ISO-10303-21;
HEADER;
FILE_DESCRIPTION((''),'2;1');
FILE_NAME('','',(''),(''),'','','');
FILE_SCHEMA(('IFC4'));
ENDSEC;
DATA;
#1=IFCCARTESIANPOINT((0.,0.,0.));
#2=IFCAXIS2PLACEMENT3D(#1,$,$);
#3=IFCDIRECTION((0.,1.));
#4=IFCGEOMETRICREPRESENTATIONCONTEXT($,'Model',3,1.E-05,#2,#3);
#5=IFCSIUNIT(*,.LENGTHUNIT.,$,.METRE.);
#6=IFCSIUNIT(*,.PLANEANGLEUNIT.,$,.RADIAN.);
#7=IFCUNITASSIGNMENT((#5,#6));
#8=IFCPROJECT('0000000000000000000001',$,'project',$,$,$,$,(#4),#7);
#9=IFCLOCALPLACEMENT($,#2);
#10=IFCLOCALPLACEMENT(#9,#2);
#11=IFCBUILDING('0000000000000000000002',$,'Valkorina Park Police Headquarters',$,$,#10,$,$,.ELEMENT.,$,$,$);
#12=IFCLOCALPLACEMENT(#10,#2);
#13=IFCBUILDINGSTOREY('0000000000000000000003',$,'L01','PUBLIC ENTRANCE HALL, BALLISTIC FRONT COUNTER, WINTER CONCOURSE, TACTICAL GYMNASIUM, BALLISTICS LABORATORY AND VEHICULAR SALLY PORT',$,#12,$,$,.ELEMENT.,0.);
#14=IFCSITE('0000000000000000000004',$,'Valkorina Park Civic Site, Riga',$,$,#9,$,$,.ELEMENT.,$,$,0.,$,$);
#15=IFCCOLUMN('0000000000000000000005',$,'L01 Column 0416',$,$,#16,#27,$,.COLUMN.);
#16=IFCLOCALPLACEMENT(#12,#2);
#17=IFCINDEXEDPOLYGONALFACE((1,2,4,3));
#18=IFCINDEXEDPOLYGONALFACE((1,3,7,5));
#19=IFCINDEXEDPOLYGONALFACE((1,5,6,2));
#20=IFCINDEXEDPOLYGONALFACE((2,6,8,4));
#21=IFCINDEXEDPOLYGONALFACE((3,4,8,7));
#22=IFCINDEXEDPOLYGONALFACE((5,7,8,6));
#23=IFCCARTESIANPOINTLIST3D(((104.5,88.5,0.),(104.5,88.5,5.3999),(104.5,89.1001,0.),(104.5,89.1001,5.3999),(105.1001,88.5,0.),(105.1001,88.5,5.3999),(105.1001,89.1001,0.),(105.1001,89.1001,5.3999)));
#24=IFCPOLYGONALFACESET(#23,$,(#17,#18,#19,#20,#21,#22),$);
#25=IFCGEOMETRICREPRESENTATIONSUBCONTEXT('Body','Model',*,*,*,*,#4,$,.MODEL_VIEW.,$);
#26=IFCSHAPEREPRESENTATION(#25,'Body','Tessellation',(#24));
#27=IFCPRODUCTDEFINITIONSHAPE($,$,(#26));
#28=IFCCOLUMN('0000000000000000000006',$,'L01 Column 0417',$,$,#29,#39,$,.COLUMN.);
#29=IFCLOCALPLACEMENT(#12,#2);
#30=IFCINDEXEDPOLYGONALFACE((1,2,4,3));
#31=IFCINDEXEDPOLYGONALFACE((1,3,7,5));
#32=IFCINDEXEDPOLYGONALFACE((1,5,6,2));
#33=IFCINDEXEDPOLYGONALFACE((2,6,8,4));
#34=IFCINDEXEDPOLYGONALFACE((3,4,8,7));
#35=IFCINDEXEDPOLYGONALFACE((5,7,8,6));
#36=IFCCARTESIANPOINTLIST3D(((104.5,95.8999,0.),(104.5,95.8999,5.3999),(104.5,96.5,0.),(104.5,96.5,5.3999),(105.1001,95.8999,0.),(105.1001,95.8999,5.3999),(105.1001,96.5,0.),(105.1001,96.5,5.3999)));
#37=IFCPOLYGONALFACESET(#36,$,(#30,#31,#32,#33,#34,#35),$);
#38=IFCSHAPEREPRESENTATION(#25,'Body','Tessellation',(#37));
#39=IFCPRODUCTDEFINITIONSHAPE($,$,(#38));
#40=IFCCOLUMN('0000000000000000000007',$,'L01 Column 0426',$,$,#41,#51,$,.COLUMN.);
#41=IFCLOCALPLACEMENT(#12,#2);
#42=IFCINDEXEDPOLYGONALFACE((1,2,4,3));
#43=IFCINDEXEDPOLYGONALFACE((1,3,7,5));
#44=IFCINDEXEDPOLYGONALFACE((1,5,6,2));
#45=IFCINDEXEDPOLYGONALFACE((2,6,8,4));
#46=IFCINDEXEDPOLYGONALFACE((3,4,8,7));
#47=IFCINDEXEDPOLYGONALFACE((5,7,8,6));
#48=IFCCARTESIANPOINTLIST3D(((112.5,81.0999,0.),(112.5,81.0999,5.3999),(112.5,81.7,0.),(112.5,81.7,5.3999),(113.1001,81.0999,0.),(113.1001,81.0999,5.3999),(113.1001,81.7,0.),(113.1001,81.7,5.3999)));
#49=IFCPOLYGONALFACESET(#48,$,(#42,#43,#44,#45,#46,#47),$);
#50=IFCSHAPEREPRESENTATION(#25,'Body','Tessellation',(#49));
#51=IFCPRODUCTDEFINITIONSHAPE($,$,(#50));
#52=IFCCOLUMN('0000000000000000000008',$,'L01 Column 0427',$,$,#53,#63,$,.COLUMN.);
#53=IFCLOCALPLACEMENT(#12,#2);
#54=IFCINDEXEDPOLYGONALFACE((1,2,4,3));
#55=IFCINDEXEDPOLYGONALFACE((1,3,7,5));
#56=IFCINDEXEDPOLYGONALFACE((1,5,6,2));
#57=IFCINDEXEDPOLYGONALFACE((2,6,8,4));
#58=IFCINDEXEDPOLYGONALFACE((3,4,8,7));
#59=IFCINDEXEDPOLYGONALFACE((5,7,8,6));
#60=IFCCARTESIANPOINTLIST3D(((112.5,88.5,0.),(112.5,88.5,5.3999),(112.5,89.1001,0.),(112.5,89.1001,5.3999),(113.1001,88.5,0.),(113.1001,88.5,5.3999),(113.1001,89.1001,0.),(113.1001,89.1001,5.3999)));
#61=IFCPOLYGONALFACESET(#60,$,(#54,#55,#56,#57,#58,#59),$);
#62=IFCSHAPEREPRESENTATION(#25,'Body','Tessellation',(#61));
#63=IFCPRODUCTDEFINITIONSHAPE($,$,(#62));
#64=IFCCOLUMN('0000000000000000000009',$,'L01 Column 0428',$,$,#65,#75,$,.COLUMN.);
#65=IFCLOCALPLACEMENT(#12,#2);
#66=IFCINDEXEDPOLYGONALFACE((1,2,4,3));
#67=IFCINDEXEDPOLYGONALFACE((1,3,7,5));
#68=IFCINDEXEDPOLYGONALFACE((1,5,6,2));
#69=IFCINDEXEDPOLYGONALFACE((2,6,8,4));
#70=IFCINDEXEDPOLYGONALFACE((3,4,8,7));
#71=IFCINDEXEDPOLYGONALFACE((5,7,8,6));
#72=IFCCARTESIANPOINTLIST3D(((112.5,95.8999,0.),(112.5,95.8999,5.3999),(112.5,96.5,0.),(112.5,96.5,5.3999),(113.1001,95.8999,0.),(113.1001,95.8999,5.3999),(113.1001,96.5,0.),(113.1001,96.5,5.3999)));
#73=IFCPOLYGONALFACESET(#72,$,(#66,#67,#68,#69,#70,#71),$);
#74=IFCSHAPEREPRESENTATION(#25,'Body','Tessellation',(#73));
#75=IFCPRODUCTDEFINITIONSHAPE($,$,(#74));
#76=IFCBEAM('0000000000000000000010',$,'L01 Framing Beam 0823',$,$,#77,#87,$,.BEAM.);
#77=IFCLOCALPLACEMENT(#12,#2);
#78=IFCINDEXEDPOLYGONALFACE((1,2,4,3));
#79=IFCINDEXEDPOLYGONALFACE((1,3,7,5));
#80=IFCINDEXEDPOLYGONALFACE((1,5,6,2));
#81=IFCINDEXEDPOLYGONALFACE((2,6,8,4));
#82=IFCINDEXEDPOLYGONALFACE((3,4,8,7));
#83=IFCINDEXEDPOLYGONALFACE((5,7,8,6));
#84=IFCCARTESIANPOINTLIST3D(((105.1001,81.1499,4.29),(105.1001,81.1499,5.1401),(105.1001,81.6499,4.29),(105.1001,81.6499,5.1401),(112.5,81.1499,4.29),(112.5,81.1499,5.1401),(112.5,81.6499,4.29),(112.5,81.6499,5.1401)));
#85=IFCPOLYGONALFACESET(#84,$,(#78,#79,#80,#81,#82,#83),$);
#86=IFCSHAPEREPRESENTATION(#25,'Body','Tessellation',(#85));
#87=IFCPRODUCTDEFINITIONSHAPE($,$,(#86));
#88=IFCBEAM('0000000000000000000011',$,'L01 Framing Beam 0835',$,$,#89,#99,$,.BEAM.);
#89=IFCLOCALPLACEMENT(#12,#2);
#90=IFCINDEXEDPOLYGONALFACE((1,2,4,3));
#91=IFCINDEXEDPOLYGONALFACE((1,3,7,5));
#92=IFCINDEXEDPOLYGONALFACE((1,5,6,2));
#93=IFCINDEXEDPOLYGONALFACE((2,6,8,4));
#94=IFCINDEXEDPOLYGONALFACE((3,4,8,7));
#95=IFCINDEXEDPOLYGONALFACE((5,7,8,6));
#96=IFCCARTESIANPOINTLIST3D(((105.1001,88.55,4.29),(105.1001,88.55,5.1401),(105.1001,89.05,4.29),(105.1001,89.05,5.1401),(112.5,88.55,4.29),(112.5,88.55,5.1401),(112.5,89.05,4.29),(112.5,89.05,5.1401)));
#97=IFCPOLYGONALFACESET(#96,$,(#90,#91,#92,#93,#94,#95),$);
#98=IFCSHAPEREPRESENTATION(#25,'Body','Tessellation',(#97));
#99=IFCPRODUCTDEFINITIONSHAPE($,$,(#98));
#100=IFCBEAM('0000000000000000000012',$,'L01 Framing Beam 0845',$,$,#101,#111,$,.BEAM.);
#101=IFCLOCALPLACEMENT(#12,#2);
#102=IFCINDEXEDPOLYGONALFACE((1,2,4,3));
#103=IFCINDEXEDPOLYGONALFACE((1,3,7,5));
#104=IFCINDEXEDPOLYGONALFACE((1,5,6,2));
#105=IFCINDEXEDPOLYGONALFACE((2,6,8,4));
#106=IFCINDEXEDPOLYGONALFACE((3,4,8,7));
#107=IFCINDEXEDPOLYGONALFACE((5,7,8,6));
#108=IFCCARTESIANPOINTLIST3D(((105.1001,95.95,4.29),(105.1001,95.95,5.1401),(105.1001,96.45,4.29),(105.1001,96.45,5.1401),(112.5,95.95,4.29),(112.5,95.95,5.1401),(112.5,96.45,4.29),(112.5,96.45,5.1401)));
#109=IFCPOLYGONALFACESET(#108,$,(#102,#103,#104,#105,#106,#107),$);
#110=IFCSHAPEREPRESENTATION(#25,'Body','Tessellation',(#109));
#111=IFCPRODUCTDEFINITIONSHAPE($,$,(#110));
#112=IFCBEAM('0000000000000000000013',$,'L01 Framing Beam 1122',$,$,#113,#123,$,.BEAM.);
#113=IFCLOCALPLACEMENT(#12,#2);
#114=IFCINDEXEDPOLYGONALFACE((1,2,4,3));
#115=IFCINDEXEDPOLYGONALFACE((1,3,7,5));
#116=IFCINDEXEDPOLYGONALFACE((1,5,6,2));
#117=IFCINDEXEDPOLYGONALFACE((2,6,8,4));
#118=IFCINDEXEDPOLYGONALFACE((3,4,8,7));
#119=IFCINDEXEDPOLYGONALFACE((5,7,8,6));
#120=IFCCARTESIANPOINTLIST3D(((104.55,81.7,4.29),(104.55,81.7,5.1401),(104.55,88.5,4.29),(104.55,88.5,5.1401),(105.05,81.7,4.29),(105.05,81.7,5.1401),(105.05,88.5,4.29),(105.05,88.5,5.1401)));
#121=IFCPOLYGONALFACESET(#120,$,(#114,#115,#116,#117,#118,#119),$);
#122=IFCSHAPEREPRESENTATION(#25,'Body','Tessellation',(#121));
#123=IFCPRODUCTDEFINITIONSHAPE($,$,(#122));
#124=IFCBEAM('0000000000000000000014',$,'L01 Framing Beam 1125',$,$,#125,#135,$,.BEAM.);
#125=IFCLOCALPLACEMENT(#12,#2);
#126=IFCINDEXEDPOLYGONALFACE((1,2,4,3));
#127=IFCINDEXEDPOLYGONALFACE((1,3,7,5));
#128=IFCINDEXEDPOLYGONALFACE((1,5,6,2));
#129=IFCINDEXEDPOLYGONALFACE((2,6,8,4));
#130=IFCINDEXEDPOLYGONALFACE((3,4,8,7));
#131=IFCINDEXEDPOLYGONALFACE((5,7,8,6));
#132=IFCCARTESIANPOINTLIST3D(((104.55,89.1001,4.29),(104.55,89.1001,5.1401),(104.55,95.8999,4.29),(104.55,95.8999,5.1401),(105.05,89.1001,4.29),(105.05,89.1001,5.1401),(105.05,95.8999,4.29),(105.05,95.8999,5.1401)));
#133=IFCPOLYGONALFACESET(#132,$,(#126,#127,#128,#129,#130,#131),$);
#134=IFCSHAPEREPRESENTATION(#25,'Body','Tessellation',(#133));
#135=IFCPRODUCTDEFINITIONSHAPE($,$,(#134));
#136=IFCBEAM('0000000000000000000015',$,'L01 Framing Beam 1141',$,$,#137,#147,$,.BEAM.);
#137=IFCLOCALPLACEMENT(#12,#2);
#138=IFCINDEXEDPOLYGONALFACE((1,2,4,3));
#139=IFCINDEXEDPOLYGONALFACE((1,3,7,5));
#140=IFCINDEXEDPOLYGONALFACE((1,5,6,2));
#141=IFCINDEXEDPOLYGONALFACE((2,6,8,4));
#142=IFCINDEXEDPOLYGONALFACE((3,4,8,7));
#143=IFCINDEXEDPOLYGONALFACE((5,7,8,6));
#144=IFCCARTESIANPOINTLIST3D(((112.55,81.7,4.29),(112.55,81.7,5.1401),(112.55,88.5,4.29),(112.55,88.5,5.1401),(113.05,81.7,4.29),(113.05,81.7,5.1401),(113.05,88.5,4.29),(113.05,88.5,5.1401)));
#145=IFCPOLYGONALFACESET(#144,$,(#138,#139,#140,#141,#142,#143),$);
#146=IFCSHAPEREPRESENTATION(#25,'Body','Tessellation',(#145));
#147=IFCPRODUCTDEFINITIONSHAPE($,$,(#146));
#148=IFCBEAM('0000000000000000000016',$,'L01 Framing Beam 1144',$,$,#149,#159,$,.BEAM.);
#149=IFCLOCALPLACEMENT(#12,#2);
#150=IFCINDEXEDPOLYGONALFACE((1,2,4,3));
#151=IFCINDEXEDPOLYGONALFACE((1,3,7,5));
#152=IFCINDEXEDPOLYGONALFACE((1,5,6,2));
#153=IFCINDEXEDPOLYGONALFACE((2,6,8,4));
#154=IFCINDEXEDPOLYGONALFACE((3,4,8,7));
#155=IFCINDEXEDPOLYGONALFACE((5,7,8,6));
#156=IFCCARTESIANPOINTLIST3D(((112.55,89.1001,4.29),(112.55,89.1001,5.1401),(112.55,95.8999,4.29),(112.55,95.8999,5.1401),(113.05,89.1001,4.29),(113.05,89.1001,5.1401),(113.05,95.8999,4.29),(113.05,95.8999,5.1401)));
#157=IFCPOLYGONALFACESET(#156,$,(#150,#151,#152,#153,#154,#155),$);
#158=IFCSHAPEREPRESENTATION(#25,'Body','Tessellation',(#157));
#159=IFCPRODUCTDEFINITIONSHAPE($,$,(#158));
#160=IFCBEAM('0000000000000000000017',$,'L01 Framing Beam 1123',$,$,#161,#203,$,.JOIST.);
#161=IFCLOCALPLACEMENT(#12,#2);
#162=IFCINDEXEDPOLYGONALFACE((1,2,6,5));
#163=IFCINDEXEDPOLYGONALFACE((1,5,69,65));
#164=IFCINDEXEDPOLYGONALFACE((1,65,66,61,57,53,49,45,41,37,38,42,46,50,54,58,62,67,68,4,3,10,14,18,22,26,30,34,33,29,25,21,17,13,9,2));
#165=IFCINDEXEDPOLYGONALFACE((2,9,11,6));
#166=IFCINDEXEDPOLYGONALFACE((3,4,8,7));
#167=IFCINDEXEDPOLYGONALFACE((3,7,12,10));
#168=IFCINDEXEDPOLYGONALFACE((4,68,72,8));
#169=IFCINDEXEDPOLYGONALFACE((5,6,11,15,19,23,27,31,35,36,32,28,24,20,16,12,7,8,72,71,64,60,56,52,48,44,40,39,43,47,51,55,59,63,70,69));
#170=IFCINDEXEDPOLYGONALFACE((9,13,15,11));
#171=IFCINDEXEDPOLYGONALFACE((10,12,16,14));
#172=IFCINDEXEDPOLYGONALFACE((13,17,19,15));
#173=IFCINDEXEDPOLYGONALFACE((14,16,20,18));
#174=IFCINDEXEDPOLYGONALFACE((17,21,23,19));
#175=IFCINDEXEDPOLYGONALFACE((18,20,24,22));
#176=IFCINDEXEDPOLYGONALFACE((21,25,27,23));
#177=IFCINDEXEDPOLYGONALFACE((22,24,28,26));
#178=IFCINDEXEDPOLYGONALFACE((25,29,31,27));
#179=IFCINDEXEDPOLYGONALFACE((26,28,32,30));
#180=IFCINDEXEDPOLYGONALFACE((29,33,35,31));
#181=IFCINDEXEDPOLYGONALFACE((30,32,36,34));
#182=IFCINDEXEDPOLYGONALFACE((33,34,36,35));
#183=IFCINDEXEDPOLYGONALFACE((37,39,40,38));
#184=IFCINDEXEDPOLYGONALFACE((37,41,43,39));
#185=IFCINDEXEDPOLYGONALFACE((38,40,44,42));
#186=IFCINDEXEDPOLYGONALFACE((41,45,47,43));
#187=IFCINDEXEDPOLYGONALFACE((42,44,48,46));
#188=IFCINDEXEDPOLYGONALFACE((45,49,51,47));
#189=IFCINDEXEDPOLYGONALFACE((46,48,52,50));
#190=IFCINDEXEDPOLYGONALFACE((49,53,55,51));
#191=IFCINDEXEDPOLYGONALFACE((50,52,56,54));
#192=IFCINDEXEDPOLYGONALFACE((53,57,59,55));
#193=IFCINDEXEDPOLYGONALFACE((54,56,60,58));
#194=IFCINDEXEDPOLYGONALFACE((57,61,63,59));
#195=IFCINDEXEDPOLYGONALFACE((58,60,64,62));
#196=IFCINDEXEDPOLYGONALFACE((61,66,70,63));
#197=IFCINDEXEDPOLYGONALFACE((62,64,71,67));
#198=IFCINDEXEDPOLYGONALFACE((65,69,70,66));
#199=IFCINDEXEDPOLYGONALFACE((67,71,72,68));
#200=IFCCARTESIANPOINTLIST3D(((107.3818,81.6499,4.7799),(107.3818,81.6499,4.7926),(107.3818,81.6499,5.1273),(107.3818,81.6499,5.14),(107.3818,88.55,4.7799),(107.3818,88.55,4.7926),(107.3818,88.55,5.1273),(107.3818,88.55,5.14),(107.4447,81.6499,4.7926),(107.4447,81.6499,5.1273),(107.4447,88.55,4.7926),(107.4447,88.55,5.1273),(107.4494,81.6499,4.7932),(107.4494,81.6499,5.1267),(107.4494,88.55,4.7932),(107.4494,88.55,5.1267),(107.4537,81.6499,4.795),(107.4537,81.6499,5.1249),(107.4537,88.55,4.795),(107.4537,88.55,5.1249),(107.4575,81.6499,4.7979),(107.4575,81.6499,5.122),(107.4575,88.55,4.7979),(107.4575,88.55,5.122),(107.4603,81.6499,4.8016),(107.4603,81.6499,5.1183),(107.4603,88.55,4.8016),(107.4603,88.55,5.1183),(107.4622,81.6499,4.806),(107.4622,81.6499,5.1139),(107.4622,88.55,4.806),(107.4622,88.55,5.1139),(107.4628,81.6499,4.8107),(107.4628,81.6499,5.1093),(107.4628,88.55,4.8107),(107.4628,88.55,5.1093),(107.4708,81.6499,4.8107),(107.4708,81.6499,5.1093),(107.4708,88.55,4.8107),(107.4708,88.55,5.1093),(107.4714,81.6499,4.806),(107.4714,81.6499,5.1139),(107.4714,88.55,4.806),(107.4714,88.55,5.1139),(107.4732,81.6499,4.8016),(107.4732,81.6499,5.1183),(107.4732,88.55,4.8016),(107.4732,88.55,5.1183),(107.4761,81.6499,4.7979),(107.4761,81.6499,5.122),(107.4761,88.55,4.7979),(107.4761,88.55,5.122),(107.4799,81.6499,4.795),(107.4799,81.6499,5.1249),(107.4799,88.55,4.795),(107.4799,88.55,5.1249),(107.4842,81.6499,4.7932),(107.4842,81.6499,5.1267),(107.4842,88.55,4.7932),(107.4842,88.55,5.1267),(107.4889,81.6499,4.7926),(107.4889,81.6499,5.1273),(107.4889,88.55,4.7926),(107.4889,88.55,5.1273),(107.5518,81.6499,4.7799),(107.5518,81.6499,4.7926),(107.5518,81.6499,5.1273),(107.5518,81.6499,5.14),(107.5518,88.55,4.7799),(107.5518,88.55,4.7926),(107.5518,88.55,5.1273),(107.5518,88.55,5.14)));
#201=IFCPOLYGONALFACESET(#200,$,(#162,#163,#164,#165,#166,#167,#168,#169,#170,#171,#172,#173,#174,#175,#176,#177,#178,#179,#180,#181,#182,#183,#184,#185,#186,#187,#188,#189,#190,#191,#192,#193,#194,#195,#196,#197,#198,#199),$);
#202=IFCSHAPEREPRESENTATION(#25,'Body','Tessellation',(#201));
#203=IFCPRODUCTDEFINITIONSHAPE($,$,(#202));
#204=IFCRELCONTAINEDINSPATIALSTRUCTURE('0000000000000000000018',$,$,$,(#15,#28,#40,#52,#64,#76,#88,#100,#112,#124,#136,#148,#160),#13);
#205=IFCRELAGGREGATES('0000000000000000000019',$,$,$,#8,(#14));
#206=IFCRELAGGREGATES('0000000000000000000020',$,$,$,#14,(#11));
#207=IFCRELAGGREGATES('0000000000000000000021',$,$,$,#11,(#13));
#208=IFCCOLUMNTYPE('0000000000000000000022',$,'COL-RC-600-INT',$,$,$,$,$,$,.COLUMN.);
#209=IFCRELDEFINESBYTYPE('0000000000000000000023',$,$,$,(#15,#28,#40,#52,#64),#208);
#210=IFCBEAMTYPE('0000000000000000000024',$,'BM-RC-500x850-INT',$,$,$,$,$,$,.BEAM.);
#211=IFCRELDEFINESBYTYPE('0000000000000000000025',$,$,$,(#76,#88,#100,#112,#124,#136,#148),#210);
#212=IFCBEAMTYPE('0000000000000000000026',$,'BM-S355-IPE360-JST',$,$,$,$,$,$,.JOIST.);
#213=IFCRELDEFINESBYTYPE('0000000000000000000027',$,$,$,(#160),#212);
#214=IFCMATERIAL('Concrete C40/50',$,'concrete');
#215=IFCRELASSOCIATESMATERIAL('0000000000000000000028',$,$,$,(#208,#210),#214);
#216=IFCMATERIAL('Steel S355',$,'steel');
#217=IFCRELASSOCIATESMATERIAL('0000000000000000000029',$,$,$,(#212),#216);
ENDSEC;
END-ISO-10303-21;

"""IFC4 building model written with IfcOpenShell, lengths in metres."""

from ifc_helpers import new_model, si_unit, direction, frame, origin, origin_2d, place, context, subcontext, project, spatial, rectangle, i_section, extrude, material, material_profile, profile_set, type_object, element, save


model = new_model("IFC4")

# Units and contexts
model_context = context("Model", 3, precision=1e-05, world=origin(), true_north=direction((0.0, 1.0)))
body_context = subcontext(model_context, "Body", "Model", "MODEL_VIEW")
ifc_project = project(units=[si_unit("LENGTHUNIT", "METRE"), si_unit("PLANEANGLEUNIT", "RADIAN")], contexts=[model_context])

# Site, building, storey
site_placement = place(None, origin())
site = spatial("IfcSite", under=ifc_project, at=site_placement, Name="Valkorina Park Civic Site, Riga", CompositionType="ELEMENT", RefElevation=0.0)
building_placement = place(site_placement, origin())
building = spatial("IfcBuilding", under=site, at=building_placement, Name="Valkorina Park Police Headquarters", CompositionType="ELEMENT")
storey_placement = place(building_placement, origin())
storey = spatial("IfcBuildingStorey", under=building, at=storey_placement, Name="L01", Description="PUBLIC ENTRANCE HALL, BALLISTIC FRONT COUNTER, WINTER CONCOURSE, TACTICAL GYMNASIUM, BALLISTICS LABORATORY AND VEHICULAR SALLY PORT", CompositionType="ELEMENT", Elevation=0.0)

# Columns
ifc_material_1 = material(Name="Concrete C40/50", Category="concrete")
ifc_material_profile_1 = material_profile(ifc_material_1, rectangle(XDim=0.6001, YDim=0.6001, at=origin_2d()), Name="RC COL 600x600")
ifc_profile_set_1 = profile_set([ifc_material_profile_1], Name="Concrete C40/50")
column_type = type_object("IfcColumnType", Name="COL-RC-600-INT", PredefinedType="COLUMN", material=ifc_profile_set_1)
for number, where, z_axis, x_axis, name in (
    (1, (104.8, 88.8, 0.0), (0.0, 0.0, 1.0), (1.0, 0.0, 0.0), "L01 Column 0416"),
    (2, (104.8, 96.2, 0.0), (0.0, 0.0, 1.0), (1.0, 0.0, 0.0), "L01 Column 0417"),
    (3, (112.8, 81.3999, 0.0), (0.0, 0.0, 1.0), (1.0, 0.0, 0.0), "L01 Column 0426"),
    (4, (112.8, 88.8, 0.0), (0.0, 0.0, 1.0), (1.0, 0.0, 0.0), "L01 Column 0427"),
    (5, (112.8, 96.2, 0.0), (0.0, 0.0, 1.0), (1.0, 0.0, 0.0), "L01 Column 0428"),
):
    element("IfcColumn", number, at=place(storey_placement, frame(where, z_axis=z_axis, x_axis=x_axis)), inside=storey, type_object=column_type, Name=name, PredefinedType="COLUMN", context=body_context, shape_type="SweptSolid", body=[
        extrude(rectangle(XDim=0.6001, YDim=0.6001, at=origin_2d()), origin(), (0.0, 0.0, 1.0), 5.3999),
    ])

# Beams
ifc_material_profile_2 = material_profile(ifc_material_1, rectangle(XDim=0.5, YDim=0.8501, at=origin_2d()), Name="RC BEAM 500x850")
ifc_profile_set_2 = profile_set([ifc_material_profile_2], Name="Concrete C40/50")
beam_type_1 = type_object("IfcBeamType", Name="BM-RC-500x850-INT", PredefinedType="BEAM", material=ifc_profile_set_2)
for number, where, z_axis, x_axis, name in (
    (6, (105.1001, 81.3999, 4.7151), (1.0, 0.0, 0.0), (0.0, 1.0, 0.0), "L01 Framing Beam 0823"),
    (7, (105.1001, 88.8, 4.7151), (1.0, 0.0, 0.0), (0.0, 1.0, 0.0), "L01 Framing Beam 0835"),
    (8, (105.1001, 96.2, 4.7151), (1.0, 0.0, 0.0), (0.0, 1.0, 0.0), "L01 Framing Beam 0845"),
):
    element("IfcBeam", number, at=place(storey_placement, frame(where, z_axis=z_axis, x_axis=x_axis)), inside=storey, type_object=beam_type_1, Name=name, PredefinedType="BEAM", context=body_context, shape_type="SweptSolid", body=[
        extrude(rectangle(XDim=0.5, YDim=0.8501, at=origin_2d()), origin(), (0.0, 0.0, 1.0), 7.3999),
    ])
beam_1_placement = place(storey_placement, frame((104.8, 81.7, 4.7151), z_axis=(0.0, 1.0, 0.0), x_axis=(-1.0, 0.0, 0.0)))
element("IfcBeam", 9, at=beam_1_placement, inside=storey, type_object=beam_type_1, Name="L01 Framing Beam 1122", PredefinedType="BEAM", context=body_context, shape_type="SweptSolid", body=[
    extrude(rectangle(XDim=0.5, YDim=0.8501, at=origin_2d()), origin(), (0.0, 0.0, 1.0), 6.8),
])
beam_2_placement = place(storey_placement, frame((104.8, 89.1001, 4.7151), z_axis=(0.0, 1.0, 0.0), x_axis=(-1.0, 0.0, 0.0)))
element("IfcBeam", 10, at=beam_2_placement, inside=storey, type_object=beam_type_1, Name="L01 Framing Beam 1125", PredefinedType="BEAM", context=body_context, shape_type="SweptSolid", body=[
    extrude(rectangle(XDim=0.5, YDim=0.8501, at=origin_2d()), origin(), (0.0, 0.0, 1.0), 6.7998),
])
beam_3_placement = place(storey_placement, frame((112.8, 81.7, 4.7151), z_axis=(0.0, 1.0, 0.0), x_axis=(-1.0, 0.0, 0.0)))
element("IfcBeam", 11, at=beam_3_placement, inside=storey, type_object=beam_type_1, Name="L01 Framing Beam 1141", PredefinedType="BEAM", context=body_context, shape_type="SweptSolid", body=[
    extrude(rectangle(XDim=0.5, YDim=0.8501, at=origin_2d()), origin(), (0.0, 0.0, 1.0), 6.8),
])
beam_4_placement = place(storey_placement, frame((112.8, 89.1001, 4.7151), z_axis=(0.0, 1.0, 0.0), x_axis=(-1.0, 0.0, 0.0)))
element("IfcBeam", 12, at=beam_4_placement, inside=storey, type_object=beam_type_1, Name="L01 Framing Beam 1144", PredefinedType="BEAM", context=body_context, shape_type="SweptSolid", body=[
    extrude(rectangle(XDim=0.5, YDim=0.8501, at=origin_2d()), origin(), (0.0, 0.0, 1.0), 6.7998),
])
ifc_material_2 = material(Name="Steel S355", Category="steel")
ifc_material_profile_3 = material_profile(ifc_material_2, i_section(OverallWidth=0.1699, OverallDepth=0.3601, WebThickness=0.0081, FlangeThickness=0.0127, FilletRadius=0.0181, at=origin_2d()), Name="IPE 360")
ifc_profile_set_3 = profile_set([ifc_material_profile_3], Name="Steel S355")
beam_type_2 = type_object("IfcBeamType", Name="BM-S355-IPE360-JST", PredefinedType="JOIST", material=ifc_profile_set_3)
for number, where, z_axis, x_axis, name in (
    (13, (107.4668, 81.6499, 4.96), (0.0, 1.0, 0.0), (-1.0, 0.0, 0.0), "L01 Framing Beam 1123"),
):
    element("IfcBeam", number, at=place(storey_placement, frame(where, z_axis=z_axis, x_axis=x_axis)), inside=storey, type_object=beam_type_2, Name=name, PredefinedType="JOIST", context=body_context, shape_type="SweptSolid", body=[
        extrude(i_section(OverallWidth=0.1699, OverallDepth=0.3601, WebThickness=0.0081, FlangeThickness=0.0127, FilletRadius=0.0181, at=origin_2d()), origin(), (0.0, 0.0, 1.0), 6.9001),
    ])

save(model, "model.ifc")
